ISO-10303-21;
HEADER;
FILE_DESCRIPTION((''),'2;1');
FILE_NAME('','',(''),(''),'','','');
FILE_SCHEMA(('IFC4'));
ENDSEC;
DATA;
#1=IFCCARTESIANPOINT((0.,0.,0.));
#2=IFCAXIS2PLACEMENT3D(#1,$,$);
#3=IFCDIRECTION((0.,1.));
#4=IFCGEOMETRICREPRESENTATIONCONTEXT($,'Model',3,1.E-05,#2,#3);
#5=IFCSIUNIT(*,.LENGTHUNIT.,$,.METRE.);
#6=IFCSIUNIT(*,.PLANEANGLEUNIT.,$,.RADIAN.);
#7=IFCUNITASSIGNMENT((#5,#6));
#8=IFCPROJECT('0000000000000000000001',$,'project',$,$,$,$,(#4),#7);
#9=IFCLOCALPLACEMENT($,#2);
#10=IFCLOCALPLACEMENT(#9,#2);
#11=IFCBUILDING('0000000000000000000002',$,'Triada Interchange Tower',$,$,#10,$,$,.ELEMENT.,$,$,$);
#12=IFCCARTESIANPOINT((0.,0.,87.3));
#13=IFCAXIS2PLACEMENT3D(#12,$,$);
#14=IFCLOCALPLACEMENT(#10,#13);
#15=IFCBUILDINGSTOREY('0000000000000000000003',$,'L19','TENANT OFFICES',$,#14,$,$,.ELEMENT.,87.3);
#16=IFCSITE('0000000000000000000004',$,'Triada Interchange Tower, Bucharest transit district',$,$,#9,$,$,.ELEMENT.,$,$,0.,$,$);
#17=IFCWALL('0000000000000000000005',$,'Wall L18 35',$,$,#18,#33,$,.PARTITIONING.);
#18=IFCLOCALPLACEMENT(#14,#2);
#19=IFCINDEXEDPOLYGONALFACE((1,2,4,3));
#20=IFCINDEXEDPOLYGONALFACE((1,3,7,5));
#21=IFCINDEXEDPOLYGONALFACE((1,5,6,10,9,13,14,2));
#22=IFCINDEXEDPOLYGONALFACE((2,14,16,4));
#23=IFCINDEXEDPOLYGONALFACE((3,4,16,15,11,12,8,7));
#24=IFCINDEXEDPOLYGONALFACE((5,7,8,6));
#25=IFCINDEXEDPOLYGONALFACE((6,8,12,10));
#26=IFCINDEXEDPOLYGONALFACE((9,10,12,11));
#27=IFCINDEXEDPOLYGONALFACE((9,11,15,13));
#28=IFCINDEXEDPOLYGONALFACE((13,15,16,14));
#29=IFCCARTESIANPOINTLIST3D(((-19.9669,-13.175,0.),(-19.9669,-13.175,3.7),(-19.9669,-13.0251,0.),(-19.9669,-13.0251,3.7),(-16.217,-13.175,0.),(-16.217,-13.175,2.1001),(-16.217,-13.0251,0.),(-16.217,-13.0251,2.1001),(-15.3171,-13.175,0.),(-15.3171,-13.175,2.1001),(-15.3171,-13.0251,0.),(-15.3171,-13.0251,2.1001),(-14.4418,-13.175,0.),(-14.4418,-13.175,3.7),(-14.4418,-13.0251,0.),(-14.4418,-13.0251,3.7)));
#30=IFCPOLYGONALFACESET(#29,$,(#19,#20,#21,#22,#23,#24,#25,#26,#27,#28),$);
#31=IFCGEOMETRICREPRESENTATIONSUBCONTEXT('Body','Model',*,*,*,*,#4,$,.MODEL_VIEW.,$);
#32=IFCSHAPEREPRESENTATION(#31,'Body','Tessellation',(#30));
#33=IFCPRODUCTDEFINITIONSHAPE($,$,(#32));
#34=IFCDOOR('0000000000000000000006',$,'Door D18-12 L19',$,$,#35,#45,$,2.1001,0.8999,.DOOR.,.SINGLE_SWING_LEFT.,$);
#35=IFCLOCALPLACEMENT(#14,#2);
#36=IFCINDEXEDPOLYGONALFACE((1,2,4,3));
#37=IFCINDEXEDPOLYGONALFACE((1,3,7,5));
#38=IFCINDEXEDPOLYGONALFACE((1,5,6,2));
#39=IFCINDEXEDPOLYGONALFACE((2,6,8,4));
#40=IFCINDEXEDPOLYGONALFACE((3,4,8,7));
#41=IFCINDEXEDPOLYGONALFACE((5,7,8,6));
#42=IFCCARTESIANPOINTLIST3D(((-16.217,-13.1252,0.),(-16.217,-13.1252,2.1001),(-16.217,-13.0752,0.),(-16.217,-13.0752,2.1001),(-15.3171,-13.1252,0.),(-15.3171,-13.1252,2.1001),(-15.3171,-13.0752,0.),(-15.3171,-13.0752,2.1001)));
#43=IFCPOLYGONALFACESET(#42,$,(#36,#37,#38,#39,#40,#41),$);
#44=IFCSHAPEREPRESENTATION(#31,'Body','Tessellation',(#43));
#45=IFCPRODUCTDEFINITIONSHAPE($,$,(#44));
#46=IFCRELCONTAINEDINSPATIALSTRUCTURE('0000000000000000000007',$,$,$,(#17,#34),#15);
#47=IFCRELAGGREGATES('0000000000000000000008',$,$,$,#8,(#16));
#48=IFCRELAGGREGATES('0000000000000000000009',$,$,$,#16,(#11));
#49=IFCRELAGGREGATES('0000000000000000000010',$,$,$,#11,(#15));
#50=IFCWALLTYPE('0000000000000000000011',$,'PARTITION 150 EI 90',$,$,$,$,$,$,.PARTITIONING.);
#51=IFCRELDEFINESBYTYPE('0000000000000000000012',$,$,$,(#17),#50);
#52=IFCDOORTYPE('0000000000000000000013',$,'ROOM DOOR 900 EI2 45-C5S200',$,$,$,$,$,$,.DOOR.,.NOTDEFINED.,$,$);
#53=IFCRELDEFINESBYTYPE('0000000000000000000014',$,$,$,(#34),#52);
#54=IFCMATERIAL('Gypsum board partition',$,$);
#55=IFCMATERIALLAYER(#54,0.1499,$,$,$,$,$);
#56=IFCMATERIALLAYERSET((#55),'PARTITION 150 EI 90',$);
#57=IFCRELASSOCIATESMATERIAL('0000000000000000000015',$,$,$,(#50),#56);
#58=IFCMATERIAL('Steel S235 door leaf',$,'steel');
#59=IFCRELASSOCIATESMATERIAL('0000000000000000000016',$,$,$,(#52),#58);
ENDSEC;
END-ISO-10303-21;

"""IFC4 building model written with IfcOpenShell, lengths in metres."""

from ifc_helpers import new_model, si_unit, direction, frame, frame_2d, origin, place, context, subcontext, project, spatial, rectangle, extrude, material, layer, layer_set, type_object, element, fill, save


model = new_model("IFC4")

# Units and contexts
model_context = context("Model", 3, precision=1e-05, world=origin(), true_north=direction((0.0, 1.0)))
body_context = subcontext(model_context, "Body", "Model", "MODEL_VIEW")
ifc_project = project(units=[si_unit("LENGTHUNIT", "METRE"), si_unit("PLANEANGLEUNIT", "RADIAN")], contexts=[model_context])

# Site, building, storey
site_placement = place(None, origin())
site = spatial("IfcSite", under=ifc_project, at=site_placement, Name="Triada Interchange Tower, Bucharest transit district", CompositionType="ELEMENT", RefElevation=0.0)
building_placement = place(site_placement, origin())
building = spatial("IfcBuilding", under=site, at=building_placement, Name="Triada Interchange Tower", CompositionType="ELEMENT")
storey_placement = place(building_placement, frame((0.0, 0.0, 87.3)))
storey = spatial("IfcBuildingStorey", under=building, at=storey_placement, Name="L19", Description="TENANT OFFICES", CompositionType="ELEMENT", Elevation=87.3)

# Shared definitions
ifc_material_1 = material(Name="Gypsum board partition")
ifc_material_2 = material(Name="Steel S235 door leaf", Category="steel")

# Wall, opening, door
ifc_layer_1 = layer(ifc_material_1, 0.1499)
ifc_layer_set_1 = layer_set([ifc_layer_1], Name="PARTITION 150 EI 90")
wall_type_1 = type_object("IfcWallType", Name="PARTITION 150 EI 90", PredefinedType="PARTITIONING", material=ifc_layer_set_1)
wall_1_placement = place(storey_placement, frame((-19.967, -13.1001, 0.0), z_axis=(0.0, 0.0, 1.0), x_axis=(1.0, 0.0, 0.0)))
wall_1 = element("IfcWall", 1, at=wall_1_placement, inside=storey, type_object=wall_type_1, Name="Wall L18 35", PredefinedType="PARTITIONING", context=body_context, shape_type="SweptSolid", body=[
    extrude(rectangle(XDim=5.5251, YDim=0.1499, at=frame_2d((2.7627, 0.0))), origin(), (0.0, 0.0, 1.0), 3.7),
])
opening_1_placement = place(wall_1_placement, frame((3.75, 0.0, 0.0)))
opening_1 = element("IfcOpeningElement", 2, at=opening_1_placement, cuts=wall_1, PredefinedType="OPENING", context=body_context, shape_type="SweptSolid", body=[
    extrude(rectangle(XDim=0.8999, YDim=2.1001, at=frame_2d((0.45, 1.05))), frame((0.0, 0.085, 0.0), z_axis=(0.0, -1.0, 0.0), x_axis=(1.0, 0.0, 0.0)), (0.0, 0.0, 1.0), 0.1699),
])
door_type_1 = type_object("IfcDoorType", Name="ROOM DOOR 900 EI2 45-C5S200", OperationType="NOTDEFINED", PredefinedType="DOOR", material=ifc_material_2)
door_1_placement = place(opening_1_placement, origin())
door_1 = element("IfcDoor", 3, at=door_1_placement, inside=storey, type_object=door_type_1, Name="Door D18-12 L19", OperationType="SINGLE_SWING_LEFT", OverallHeight=2.1001, OverallWidth=0.8999, PredefinedType="DOOR", context=body_context, shape_type="SweptSolid", body=[
    extrude(rectangle(XDim=0.8999, YDim=2.1001, at=frame_2d((0.45, 1.05))), frame((0.0, 0.0249, 0.0), z_axis=(0.0, -1.0, 0.0), x_axis=(1.0, 0.0, 0.0)), (0.0, 0.0, 1.0), 0.05),
])
fill(opening_1, door_1)

save(model, "model.ifc")
